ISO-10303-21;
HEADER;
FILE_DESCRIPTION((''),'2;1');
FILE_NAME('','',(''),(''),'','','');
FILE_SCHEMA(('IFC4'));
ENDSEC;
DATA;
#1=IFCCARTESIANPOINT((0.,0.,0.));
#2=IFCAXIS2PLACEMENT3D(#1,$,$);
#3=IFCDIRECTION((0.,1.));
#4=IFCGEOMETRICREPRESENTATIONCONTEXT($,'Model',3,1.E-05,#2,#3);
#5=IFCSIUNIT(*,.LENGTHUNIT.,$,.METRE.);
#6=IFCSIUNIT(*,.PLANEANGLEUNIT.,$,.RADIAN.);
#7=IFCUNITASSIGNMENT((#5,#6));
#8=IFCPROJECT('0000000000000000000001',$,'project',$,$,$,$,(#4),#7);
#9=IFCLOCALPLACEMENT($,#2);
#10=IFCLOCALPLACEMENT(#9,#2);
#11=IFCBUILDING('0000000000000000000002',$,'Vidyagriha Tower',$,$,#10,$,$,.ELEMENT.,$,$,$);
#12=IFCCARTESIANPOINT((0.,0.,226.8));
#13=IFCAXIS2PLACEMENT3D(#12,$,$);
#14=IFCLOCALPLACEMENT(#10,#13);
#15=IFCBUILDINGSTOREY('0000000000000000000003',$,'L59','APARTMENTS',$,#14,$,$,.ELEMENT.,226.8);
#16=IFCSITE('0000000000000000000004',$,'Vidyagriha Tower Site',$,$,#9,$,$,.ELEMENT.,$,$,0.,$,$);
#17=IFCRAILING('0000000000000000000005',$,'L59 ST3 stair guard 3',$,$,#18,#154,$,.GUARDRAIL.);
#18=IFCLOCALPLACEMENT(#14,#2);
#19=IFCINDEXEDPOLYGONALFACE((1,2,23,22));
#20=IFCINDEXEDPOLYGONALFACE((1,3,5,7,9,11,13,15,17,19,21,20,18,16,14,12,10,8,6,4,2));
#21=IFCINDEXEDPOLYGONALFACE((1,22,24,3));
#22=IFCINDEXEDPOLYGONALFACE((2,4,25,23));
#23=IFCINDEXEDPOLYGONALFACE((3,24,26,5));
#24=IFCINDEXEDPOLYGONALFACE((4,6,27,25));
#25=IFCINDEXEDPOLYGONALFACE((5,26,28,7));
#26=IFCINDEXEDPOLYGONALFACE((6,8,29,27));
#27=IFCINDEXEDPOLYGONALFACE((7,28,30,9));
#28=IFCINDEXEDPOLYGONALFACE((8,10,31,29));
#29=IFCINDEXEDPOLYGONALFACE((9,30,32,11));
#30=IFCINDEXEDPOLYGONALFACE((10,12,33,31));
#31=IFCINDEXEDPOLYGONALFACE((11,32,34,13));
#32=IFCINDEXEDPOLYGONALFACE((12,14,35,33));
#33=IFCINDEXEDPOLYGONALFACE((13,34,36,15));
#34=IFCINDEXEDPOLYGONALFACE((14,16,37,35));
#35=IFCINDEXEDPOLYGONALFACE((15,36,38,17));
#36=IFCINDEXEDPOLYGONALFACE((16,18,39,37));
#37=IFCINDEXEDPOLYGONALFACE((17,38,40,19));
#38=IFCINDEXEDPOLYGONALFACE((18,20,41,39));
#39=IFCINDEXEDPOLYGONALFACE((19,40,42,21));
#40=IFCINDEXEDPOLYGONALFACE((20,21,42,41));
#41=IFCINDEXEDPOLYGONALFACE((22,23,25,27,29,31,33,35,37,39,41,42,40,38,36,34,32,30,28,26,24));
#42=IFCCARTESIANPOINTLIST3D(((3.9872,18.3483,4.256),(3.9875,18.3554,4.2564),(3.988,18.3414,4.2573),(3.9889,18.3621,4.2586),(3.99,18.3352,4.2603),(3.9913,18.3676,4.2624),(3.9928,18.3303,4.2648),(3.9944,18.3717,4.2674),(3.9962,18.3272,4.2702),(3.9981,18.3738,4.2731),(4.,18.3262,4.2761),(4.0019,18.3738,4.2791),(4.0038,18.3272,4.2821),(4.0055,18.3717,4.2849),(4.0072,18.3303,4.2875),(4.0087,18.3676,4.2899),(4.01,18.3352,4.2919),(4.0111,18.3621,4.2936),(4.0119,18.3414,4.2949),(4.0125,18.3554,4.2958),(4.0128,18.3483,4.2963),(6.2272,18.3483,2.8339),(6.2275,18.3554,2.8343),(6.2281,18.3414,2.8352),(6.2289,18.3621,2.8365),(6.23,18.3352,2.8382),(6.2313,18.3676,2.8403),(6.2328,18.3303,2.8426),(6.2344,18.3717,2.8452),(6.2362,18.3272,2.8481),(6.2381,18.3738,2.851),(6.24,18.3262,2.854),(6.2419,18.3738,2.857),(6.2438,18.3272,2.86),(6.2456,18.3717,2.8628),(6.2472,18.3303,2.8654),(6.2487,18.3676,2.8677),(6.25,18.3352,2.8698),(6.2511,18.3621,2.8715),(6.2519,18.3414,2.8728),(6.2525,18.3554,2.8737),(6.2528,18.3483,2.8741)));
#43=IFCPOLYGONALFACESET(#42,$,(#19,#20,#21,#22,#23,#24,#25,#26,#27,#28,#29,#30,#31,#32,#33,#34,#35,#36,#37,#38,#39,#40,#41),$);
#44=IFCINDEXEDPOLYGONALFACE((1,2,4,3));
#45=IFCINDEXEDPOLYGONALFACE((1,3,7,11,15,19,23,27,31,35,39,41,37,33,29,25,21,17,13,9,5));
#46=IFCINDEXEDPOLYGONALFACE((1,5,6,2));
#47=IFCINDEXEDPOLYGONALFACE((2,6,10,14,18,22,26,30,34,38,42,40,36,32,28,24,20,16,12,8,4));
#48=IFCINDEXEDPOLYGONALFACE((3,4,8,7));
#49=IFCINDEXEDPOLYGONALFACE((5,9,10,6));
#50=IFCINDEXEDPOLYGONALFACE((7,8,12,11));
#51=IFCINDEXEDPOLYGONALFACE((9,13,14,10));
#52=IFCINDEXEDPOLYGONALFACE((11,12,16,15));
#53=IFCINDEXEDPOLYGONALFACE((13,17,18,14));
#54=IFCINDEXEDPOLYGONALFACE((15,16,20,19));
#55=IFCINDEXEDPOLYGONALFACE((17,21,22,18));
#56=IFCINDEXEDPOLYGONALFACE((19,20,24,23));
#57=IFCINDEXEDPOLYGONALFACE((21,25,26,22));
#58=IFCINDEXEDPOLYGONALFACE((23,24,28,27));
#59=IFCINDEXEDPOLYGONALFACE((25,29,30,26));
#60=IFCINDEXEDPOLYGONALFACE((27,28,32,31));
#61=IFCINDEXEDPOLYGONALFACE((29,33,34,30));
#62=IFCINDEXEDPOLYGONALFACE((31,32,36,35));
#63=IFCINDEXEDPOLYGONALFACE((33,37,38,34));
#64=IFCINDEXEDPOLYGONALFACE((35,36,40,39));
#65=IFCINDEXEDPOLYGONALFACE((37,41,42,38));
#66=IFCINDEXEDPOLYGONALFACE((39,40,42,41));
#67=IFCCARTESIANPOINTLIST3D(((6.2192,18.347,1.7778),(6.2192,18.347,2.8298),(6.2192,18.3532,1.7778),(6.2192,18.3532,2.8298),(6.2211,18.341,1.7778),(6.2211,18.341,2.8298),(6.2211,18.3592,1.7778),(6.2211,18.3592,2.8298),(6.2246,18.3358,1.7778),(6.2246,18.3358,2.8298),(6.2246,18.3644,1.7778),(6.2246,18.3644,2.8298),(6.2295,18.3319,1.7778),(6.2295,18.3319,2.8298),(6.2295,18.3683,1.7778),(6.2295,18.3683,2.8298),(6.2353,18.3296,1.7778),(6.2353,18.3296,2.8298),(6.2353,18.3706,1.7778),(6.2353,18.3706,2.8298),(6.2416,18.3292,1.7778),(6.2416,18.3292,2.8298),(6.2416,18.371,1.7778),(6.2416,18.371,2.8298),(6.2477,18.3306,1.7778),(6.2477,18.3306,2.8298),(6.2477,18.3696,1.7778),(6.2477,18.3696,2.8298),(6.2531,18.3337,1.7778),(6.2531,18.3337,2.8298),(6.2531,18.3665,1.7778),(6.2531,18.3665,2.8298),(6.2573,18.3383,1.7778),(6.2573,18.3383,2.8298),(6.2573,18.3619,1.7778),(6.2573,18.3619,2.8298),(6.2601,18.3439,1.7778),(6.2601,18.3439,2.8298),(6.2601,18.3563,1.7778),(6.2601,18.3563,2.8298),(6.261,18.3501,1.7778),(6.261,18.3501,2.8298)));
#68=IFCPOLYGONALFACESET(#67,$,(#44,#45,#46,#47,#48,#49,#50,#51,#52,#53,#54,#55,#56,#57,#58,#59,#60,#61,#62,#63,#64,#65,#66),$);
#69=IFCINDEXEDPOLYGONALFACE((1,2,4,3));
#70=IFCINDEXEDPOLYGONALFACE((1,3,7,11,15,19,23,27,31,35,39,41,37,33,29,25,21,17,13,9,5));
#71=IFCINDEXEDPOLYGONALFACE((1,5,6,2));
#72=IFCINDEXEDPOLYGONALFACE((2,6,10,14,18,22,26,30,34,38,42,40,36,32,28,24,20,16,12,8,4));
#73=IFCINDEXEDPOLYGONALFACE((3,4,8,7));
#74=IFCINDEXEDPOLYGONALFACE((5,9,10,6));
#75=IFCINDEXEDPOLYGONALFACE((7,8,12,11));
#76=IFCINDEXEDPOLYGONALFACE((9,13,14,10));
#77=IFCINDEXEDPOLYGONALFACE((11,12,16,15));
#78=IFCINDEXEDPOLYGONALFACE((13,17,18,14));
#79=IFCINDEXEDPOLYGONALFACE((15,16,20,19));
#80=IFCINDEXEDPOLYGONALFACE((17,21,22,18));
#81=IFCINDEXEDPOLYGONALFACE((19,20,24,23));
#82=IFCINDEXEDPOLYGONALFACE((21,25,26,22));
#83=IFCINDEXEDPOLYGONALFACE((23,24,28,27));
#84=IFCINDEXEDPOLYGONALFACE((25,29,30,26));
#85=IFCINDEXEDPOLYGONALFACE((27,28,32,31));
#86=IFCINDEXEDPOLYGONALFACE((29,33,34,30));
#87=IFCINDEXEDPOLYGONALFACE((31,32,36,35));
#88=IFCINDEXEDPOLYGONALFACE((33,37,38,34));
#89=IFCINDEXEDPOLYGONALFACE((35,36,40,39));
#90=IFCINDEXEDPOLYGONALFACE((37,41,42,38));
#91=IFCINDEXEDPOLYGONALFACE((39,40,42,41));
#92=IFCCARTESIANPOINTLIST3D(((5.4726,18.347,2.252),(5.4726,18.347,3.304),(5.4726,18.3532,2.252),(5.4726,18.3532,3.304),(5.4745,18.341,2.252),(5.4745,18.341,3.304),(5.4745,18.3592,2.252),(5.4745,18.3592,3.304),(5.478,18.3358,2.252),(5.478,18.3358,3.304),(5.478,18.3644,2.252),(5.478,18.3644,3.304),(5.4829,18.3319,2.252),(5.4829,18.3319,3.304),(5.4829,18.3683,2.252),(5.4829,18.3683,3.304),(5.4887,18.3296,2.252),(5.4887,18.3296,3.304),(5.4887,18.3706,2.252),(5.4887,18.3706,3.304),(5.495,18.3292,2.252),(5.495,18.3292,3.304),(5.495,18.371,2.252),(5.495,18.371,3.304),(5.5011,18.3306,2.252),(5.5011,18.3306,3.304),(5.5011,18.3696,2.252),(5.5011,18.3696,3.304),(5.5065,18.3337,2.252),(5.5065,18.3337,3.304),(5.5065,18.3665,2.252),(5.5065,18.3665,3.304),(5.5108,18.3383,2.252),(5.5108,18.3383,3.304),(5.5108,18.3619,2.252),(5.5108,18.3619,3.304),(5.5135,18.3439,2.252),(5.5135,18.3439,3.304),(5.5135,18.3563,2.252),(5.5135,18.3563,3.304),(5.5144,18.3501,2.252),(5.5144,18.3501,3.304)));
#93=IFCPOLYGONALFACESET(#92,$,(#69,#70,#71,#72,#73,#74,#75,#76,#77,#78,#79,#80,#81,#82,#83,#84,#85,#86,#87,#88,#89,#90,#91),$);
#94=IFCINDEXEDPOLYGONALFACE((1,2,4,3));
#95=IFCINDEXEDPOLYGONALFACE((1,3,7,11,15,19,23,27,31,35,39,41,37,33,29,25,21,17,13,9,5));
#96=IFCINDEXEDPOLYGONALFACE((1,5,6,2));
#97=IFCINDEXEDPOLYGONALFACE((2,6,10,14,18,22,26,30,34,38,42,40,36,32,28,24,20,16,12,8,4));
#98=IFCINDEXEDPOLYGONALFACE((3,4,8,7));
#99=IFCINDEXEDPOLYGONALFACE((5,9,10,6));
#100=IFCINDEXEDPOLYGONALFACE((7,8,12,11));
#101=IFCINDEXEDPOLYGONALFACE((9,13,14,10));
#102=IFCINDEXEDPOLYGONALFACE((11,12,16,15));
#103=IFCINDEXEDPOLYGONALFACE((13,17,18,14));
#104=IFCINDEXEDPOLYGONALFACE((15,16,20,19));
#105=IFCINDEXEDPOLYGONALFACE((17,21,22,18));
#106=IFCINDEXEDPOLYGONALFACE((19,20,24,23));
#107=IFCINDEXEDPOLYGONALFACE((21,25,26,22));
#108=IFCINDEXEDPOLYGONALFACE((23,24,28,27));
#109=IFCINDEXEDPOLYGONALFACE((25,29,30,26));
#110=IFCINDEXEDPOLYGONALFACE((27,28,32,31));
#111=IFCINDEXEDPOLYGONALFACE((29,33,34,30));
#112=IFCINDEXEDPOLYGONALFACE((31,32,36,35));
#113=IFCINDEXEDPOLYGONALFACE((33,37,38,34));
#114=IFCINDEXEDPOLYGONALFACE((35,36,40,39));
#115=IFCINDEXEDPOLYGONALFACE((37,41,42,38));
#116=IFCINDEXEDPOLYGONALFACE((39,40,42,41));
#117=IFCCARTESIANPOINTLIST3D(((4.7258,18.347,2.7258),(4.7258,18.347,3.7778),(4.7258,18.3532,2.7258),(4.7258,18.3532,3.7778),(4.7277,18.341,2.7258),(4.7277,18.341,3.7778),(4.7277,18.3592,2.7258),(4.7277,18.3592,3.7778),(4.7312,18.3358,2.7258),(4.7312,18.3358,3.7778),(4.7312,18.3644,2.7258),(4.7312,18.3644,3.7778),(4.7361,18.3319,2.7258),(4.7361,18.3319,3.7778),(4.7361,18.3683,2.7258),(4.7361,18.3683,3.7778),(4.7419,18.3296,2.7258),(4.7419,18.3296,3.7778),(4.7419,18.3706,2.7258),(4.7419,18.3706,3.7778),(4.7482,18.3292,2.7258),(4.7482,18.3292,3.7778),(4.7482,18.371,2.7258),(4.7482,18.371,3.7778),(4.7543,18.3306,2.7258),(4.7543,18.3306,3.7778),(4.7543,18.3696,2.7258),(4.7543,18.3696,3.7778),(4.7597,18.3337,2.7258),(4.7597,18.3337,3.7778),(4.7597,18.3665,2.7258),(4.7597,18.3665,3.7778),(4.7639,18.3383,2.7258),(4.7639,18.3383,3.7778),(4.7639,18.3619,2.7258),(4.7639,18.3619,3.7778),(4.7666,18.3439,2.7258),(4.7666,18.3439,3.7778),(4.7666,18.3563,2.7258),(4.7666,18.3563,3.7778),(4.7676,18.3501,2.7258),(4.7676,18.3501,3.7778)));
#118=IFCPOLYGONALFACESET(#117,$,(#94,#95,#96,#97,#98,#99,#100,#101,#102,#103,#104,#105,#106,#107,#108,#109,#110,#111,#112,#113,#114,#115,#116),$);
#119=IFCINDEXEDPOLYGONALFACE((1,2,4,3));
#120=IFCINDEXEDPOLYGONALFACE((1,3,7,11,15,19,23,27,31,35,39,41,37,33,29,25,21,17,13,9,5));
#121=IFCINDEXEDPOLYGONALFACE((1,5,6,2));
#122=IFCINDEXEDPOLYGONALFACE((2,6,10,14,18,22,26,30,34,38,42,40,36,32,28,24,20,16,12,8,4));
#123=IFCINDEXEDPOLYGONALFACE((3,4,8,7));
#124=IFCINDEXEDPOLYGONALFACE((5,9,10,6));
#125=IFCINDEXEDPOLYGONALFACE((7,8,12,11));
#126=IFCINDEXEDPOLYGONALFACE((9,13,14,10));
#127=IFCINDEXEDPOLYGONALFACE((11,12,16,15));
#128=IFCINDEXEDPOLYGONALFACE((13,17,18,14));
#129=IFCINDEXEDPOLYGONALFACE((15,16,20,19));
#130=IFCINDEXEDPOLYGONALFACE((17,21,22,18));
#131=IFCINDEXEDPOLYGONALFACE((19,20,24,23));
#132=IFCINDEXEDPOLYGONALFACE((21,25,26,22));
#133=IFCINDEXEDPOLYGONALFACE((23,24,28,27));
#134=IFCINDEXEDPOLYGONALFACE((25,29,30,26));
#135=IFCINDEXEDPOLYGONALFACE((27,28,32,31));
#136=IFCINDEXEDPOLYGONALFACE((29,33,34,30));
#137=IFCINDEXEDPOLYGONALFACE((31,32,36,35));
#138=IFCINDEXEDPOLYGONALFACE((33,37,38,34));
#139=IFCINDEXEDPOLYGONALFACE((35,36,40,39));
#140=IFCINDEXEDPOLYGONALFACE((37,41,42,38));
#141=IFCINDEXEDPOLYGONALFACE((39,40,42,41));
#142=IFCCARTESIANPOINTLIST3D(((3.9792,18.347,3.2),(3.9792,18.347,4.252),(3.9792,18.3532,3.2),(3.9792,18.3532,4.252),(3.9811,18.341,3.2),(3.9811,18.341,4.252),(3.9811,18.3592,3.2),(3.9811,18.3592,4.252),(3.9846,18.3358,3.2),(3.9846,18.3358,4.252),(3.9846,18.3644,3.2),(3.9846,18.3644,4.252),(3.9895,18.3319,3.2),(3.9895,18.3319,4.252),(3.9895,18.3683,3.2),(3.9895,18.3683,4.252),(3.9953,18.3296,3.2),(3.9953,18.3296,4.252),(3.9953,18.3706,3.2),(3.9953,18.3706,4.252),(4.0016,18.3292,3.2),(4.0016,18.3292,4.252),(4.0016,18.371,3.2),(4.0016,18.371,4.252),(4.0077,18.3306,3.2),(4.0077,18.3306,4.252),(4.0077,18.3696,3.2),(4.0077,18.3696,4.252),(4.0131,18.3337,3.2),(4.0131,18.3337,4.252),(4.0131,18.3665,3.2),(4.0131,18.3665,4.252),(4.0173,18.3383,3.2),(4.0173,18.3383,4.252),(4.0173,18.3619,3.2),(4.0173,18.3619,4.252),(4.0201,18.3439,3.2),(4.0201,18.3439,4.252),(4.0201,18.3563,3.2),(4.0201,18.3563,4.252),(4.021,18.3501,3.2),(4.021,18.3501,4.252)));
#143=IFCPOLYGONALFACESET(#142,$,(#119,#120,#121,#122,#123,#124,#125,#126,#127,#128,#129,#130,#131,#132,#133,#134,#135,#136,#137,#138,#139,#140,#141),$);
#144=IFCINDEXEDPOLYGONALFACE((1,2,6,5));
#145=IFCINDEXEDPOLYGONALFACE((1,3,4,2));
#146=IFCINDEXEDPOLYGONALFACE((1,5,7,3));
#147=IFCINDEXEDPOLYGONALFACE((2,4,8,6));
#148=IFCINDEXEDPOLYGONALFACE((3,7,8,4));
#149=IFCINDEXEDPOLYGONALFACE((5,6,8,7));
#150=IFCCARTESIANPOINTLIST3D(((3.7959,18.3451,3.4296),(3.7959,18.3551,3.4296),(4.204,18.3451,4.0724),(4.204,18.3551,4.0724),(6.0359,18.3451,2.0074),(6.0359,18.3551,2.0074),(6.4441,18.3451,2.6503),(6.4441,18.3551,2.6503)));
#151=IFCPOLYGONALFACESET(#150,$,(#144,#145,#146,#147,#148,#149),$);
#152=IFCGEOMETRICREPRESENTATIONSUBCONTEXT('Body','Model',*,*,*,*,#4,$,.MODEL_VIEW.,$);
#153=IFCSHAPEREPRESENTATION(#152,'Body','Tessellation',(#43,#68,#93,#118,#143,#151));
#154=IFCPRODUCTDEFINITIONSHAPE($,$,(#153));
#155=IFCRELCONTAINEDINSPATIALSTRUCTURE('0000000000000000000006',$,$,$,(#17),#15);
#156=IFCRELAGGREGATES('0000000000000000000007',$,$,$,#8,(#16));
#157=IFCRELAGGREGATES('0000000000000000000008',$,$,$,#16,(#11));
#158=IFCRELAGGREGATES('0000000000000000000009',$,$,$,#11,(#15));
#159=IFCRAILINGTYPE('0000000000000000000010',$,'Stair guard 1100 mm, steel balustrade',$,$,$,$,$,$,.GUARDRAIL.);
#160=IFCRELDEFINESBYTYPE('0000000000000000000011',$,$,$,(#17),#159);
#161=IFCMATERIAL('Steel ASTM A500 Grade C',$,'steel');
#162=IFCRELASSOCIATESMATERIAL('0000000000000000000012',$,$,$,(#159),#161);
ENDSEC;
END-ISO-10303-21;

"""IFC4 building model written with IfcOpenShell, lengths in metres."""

from ifc_helpers import new_model, si_unit, direction, frame, origin, origin_2d, place, context, subcontext, project, spatial, rectangle, circle, extrude, material, type_object, element, save


model = new_model("IFC4")

# Units and contexts
model_context = context("Model", 3, precision=1e-05, world=origin(), true_north=direction((0.0, 1.0)))
body_context = subcontext(model_context, "Body", "Model", "MODEL_VIEW")
ifc_project = project(units=[si_unit("LENGTHUNIT", "METRE"), si_unit("PLANEANGLEUNIT", "RADIAN")], contexts=[model_context])

# Site, building, storey
site_placement = place(None, origin())
site = spatial("IfcSite", under=ifc_project, at=site_placement, Name="Vidyagriha Tower Site", CompositionType="ELEMENT", RefElevation=0.0)
building_placement = place(site_placement, origin())
building = spatial("IfcBuilding", under=site, at=building_placement, Name="Vidyagriha Tower", CompositionType="ELEMENT")
storey_placement = place(building_placement, frame((0.0, 0.0, 226.8)))
storey = spatial("IfcBuildingStorey", under=building, at=storey_placement, Name="L59", Description="APARTMENTS", CompositionType="ELEMENT", Elevation=226.8)

# Railing
ifc_material_1 = material(Name="Steel ASTM A500 Grade C", Category="steel")
railing_type_1 = type_object("IfcRailingType", Name="Stair guard 1100 mm, steel balustrade", PredefinedType="GUARDRAIL", material=ifc_material_1)
railing_1_placement = place(storey_placement, frame((6.24, 18.3501, 1.7778)))
element("IfcRailing", 1, at=railing_1_placement, inside=storey, type_object=railing_type_1, Name="L59 ST3 stair guard 3", PredefinedType="GUARDRAIL", context=body_context, shape_type="SweptSolid", body=[
    extrude(circle(Radius=0.0239, at=origin_2d()), frame((0.0, 0.0, 1.0762), z_axis=(-0.844229, 0.0, 0.535982), x_axis=(0.0, -1.0, 0.0)), (0.0, 0.0, 1.0), 2.6533),
    extrude(circle(Radius=0.021, at=origin_2d()), origin(), (0.0, 0.0, 1.0), 1.052),
    extrude(circle(Radius=0.021, at=origin_2d()), frame((-0.7466, 0.0, 0.4741)), (0.0, 0.0, 1.0), 1.052),
    extrude(circle(Radius=0.021, at=origin_2d()), frame((-1.4934, 0.0, 0.948)), (0.0, 0.0, 1.0), 1.052),
    extrude(circle(Radius=0.021, at=origin_2d()), frame((-2.24, 0.0, 1.4221)), (0.0, 0.0, 1.0), 1.052),
    extrude(rectangle(XDim=0.01, YDim=0.7615, at=origin_2d()), frame((0.0, 0.0, 0.551), z_axis=(-0.844229, 0.0, 0.535982), x_axis=(0.0, -1.0, 0.0)), (0.0, 0.0, 1.0), 2.6533),
])

save(model, "model.ifc")
